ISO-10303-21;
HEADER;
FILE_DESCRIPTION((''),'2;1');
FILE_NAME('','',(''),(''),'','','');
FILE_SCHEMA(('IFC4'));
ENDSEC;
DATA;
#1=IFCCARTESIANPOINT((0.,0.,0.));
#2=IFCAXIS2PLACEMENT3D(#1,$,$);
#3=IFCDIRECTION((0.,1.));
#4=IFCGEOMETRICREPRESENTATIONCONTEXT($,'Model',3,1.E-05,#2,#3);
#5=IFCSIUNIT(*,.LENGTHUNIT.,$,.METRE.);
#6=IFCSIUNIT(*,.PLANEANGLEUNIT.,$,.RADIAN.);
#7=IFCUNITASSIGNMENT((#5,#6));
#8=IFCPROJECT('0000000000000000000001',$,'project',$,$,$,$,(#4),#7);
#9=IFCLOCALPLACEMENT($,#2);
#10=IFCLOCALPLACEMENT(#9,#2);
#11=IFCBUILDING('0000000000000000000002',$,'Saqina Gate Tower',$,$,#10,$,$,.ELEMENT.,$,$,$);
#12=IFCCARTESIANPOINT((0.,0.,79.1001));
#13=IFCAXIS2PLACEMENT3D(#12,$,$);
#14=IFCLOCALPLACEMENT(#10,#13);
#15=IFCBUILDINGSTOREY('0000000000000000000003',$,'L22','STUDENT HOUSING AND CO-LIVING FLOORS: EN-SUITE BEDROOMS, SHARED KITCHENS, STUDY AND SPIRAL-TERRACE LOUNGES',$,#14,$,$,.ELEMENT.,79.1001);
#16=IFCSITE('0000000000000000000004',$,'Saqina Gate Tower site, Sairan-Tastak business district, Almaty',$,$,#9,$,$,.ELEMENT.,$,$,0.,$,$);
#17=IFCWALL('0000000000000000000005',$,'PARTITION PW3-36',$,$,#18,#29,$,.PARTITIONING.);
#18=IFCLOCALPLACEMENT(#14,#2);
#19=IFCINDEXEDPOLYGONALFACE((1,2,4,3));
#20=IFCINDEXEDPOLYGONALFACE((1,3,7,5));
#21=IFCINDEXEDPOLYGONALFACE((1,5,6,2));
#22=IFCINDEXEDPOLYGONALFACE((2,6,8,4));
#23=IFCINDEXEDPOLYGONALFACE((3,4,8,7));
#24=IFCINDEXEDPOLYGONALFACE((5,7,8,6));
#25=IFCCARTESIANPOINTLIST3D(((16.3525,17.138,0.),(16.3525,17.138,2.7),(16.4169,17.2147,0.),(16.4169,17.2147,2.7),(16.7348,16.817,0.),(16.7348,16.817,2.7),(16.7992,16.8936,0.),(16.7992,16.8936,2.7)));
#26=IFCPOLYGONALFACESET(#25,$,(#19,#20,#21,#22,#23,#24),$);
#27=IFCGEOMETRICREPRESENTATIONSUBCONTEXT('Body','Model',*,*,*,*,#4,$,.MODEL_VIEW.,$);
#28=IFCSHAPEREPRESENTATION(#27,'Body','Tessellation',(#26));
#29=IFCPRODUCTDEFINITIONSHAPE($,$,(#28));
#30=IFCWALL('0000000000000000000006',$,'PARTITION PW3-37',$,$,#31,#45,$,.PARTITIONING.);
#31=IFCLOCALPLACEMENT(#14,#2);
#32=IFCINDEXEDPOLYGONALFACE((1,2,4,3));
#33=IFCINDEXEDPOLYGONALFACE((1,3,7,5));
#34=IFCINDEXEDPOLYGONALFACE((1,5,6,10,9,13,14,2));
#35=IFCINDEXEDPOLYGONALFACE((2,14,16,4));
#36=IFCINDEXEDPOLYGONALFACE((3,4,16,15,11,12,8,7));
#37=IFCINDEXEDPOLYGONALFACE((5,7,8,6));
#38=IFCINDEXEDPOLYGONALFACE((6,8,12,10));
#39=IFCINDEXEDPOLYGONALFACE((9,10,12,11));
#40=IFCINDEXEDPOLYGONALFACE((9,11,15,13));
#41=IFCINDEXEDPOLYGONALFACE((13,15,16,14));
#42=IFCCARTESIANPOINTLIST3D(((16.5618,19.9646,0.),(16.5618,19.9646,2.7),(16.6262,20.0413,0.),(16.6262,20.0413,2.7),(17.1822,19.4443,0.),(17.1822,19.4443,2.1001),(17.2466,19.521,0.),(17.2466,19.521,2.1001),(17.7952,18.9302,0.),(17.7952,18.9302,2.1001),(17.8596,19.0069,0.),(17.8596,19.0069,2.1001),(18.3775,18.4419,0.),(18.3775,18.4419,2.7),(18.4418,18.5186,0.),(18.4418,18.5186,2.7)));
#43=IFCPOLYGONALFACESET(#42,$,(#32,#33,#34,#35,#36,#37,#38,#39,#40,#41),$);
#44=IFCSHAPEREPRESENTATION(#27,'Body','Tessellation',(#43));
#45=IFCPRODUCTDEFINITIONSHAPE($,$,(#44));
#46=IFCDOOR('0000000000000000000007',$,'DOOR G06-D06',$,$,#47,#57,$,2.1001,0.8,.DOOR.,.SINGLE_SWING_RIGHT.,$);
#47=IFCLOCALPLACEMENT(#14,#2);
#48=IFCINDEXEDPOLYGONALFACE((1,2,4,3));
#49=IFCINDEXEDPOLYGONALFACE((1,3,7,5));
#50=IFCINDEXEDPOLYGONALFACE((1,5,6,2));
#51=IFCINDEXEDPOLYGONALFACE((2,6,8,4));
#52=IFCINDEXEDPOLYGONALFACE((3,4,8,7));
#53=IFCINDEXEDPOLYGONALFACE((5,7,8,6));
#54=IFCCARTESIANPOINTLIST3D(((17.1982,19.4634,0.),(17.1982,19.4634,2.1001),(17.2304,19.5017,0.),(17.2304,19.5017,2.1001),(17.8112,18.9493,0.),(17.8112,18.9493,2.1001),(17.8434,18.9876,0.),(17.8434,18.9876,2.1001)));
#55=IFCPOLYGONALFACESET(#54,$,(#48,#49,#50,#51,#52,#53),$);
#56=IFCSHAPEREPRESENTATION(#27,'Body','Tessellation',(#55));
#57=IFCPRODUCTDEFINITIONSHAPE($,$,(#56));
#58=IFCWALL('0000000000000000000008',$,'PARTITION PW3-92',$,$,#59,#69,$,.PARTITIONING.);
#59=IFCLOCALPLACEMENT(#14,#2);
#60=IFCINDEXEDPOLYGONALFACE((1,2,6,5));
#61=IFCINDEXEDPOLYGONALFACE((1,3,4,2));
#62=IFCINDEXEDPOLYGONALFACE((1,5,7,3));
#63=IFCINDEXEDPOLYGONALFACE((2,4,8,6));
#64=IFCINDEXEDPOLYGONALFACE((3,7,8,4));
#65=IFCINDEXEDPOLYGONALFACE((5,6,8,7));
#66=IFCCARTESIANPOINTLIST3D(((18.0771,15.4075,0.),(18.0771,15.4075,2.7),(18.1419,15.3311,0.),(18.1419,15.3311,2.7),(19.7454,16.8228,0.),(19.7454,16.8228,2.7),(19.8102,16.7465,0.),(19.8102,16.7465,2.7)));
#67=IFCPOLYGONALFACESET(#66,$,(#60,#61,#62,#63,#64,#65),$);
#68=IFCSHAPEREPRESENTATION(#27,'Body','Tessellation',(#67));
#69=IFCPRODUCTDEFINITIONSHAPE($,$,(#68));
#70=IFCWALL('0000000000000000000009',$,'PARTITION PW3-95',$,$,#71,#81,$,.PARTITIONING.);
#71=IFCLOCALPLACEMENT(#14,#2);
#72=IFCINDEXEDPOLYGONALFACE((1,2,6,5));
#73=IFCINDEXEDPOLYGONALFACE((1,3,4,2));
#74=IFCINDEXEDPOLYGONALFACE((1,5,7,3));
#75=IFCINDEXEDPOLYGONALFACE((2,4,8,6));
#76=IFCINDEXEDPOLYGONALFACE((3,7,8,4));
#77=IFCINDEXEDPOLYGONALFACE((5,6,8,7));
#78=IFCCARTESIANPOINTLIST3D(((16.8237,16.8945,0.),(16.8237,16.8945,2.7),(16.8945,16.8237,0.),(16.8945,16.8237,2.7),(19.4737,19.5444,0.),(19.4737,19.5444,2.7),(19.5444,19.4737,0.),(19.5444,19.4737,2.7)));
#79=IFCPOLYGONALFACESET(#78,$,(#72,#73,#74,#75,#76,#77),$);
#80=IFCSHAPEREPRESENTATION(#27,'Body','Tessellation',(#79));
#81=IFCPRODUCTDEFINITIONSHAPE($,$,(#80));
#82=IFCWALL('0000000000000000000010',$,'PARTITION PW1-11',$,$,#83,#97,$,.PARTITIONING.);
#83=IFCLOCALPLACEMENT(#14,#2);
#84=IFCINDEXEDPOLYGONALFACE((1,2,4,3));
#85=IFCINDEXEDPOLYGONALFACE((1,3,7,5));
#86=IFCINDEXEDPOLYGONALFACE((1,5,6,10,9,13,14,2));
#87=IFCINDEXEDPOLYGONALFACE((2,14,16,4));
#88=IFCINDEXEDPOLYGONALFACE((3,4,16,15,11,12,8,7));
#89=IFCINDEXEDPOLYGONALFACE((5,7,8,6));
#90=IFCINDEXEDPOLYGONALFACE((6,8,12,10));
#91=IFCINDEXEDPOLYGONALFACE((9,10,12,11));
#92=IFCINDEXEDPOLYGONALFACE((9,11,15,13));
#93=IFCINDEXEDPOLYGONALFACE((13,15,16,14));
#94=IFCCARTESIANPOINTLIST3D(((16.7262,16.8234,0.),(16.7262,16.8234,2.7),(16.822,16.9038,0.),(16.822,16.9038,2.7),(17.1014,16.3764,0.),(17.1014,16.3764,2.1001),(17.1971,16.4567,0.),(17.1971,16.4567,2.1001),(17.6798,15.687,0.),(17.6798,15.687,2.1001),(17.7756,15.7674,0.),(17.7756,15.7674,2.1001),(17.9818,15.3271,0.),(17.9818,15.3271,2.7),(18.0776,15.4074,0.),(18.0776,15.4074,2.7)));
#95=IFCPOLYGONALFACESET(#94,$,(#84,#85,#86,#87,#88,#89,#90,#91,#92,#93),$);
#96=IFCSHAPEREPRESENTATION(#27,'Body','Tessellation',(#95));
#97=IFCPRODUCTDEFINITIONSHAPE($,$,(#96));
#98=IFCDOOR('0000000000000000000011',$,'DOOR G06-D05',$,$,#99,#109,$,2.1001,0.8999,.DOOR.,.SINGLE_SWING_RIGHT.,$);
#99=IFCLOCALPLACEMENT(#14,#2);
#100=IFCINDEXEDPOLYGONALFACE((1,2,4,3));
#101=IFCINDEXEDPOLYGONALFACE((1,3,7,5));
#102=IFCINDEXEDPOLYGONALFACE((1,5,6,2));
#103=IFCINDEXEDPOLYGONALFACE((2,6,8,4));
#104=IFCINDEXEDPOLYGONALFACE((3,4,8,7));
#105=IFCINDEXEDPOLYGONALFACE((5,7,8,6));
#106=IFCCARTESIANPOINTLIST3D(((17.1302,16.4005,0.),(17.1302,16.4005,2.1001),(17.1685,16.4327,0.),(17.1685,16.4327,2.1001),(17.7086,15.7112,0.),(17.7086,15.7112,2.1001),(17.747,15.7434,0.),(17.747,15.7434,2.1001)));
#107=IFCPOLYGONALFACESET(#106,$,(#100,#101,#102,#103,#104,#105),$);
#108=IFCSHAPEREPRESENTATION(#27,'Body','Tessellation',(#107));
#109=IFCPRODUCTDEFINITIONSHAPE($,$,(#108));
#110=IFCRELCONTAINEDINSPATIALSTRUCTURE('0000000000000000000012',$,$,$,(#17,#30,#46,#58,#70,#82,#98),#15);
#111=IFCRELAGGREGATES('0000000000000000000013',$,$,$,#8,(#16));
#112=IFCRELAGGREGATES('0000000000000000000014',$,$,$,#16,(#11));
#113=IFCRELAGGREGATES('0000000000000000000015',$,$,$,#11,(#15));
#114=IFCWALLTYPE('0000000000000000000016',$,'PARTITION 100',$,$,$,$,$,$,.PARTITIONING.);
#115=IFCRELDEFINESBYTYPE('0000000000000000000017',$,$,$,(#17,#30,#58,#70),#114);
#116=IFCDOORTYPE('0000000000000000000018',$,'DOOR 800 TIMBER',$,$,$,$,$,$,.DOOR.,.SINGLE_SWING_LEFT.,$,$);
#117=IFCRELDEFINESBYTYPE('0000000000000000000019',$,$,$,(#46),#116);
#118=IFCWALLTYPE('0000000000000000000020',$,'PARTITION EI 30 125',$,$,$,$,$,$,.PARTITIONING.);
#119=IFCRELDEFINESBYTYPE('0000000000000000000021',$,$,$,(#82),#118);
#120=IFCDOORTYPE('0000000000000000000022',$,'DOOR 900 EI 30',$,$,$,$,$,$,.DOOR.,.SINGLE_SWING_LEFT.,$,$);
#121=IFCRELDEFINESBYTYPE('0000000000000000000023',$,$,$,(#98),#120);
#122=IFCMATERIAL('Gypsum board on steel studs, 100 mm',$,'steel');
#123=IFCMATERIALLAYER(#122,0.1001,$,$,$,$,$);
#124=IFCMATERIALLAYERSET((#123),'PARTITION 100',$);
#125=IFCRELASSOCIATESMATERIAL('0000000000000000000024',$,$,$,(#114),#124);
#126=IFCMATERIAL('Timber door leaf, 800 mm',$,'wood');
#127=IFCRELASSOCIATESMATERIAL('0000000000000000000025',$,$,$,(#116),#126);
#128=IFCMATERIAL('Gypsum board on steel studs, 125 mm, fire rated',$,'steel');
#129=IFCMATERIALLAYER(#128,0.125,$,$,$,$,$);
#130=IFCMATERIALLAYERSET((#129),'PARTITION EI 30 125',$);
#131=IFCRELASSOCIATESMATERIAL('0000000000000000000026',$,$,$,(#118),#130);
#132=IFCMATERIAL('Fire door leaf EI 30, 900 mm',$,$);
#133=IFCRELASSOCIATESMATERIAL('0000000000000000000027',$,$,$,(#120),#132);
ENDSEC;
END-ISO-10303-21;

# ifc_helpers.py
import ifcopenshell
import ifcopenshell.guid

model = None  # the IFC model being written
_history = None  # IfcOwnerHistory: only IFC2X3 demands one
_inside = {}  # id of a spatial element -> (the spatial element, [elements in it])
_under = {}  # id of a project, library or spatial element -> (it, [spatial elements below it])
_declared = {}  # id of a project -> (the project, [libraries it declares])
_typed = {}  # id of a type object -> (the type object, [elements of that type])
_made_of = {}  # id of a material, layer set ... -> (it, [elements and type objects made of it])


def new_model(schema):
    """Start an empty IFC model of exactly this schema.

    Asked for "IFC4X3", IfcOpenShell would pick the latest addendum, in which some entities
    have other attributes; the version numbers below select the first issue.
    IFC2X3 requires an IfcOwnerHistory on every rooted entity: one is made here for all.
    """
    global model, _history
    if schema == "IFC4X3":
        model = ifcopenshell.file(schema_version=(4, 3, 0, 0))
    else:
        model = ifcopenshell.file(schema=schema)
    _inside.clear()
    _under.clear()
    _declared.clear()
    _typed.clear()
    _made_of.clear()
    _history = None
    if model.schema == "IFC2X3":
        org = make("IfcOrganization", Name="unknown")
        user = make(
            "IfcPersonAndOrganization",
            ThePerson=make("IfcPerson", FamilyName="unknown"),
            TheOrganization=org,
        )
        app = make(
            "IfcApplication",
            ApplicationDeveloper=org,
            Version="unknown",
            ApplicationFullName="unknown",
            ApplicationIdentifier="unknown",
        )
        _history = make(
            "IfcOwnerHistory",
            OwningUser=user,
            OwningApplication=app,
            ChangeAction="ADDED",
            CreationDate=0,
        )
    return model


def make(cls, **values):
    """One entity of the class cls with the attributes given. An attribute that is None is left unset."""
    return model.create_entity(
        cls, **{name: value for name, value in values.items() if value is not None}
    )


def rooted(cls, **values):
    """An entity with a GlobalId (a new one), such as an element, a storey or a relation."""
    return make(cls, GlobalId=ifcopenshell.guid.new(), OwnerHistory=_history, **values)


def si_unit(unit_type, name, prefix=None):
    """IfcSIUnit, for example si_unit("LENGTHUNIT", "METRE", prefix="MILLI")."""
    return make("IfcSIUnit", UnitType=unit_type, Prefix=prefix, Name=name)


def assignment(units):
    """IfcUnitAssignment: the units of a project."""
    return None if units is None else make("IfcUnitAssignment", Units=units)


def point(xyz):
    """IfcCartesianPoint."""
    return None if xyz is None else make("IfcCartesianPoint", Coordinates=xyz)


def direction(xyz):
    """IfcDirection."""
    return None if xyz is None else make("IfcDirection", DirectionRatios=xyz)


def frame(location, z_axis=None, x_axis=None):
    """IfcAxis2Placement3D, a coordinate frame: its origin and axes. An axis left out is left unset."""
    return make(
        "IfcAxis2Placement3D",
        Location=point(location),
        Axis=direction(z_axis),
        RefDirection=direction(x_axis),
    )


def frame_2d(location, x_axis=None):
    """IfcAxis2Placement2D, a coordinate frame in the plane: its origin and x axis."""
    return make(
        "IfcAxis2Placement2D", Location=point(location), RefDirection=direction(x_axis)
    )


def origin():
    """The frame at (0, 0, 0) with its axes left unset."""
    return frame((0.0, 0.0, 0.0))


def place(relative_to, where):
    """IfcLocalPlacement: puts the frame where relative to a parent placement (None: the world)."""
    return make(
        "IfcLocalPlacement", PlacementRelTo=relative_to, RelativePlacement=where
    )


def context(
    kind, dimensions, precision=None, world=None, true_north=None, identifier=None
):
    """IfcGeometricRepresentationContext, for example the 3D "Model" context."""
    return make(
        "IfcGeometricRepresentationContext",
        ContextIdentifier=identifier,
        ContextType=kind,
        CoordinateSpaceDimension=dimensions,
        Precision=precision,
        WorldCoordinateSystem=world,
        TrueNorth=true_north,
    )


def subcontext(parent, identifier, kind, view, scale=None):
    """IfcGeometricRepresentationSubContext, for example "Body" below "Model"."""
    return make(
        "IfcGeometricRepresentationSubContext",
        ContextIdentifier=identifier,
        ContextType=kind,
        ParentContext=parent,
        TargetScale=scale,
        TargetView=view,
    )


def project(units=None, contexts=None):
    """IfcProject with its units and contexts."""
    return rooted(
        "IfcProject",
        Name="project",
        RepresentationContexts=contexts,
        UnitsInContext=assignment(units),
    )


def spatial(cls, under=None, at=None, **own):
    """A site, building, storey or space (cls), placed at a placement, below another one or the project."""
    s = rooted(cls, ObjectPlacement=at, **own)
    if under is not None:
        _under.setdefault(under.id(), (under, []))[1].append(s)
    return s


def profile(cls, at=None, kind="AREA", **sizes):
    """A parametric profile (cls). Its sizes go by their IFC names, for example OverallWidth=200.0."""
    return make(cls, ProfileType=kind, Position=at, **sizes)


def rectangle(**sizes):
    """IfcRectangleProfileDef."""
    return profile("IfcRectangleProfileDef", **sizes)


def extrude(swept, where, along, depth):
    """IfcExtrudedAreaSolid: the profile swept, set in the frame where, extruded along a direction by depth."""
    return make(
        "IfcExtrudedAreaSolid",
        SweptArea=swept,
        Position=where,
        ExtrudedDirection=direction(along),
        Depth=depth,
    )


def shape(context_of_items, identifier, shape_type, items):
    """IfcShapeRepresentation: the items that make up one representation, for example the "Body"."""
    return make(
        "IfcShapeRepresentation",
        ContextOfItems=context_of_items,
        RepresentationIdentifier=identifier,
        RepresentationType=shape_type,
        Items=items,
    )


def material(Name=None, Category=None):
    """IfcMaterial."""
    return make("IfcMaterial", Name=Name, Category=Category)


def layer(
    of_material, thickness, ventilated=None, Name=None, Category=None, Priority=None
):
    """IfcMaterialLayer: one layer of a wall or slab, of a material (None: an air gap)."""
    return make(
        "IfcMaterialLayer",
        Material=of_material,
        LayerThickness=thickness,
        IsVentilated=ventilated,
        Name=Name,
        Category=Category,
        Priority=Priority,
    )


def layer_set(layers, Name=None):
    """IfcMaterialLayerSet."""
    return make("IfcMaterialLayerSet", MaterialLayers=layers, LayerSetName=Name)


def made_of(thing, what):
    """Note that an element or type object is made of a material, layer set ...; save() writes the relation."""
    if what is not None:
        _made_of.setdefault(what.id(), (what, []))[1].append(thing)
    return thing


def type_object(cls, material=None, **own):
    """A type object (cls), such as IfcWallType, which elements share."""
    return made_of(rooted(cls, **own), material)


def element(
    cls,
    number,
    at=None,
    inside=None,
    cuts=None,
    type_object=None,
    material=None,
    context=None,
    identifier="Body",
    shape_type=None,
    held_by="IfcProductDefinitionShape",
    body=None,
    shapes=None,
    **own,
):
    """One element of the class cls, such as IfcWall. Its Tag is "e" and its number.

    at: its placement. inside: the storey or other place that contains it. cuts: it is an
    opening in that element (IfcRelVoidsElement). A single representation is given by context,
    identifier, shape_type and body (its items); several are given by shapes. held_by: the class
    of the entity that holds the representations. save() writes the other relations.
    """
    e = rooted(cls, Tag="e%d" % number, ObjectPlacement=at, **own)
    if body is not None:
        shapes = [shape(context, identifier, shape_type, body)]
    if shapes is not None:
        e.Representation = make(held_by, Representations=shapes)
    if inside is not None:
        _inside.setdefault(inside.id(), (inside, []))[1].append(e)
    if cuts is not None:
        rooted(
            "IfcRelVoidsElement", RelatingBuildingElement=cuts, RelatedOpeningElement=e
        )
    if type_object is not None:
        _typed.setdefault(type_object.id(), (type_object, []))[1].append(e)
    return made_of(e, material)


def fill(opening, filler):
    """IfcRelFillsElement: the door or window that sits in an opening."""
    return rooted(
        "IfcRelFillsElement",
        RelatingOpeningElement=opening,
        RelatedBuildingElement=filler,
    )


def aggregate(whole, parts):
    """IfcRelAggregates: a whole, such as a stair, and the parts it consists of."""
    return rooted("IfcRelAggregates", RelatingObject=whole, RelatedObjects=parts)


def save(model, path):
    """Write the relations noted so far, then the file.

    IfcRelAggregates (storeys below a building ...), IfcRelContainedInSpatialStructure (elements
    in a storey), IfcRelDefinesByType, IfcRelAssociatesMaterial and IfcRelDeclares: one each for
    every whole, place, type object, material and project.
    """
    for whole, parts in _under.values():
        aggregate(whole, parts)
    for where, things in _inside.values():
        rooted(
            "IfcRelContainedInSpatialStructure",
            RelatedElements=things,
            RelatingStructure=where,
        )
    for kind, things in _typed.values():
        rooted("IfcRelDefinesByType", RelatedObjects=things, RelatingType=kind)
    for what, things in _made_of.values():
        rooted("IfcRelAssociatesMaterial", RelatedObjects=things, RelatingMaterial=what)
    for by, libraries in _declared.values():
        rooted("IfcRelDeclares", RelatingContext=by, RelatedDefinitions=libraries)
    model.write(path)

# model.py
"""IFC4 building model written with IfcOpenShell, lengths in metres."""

from ifc_helpers import new_model, si_unit, direction, frame, frame_2d, origin, place, context, subcontext, project, spatial, rectangle, extrude, material, layer, layer_set, type_object, element, fill, save


model = new_model("IFC4")

# Units and contexts
model_context = context("Model", 3, precision=1e-05, world=origin(), true_north=direction((0.0, 1.0)))
body_context = subcontext(model_context, "Body", "Model", "MODEL_VIEW")
ifc_project = project(units=[si_unit("LENGTHUNIT", "METRE"), si_unit("PLANEANGLEUNIT", "RADIAN")], contexts=[model_context])

# Site, building, storey
site_placement = place(None, origin())
site = spatial("IfcSite", under=ifc_project, at=site_placement, Name="Saqina Gate Tower site, Sairan-Tastak business district, Almaty", CompositionType="ELEMENT", RefElevation=0.0)
building_placement = place(site_placement, origin())
building = spatial("IfcBuilding", under=site, at=building_placement, Name="Saqina Gate Tower", CompositionType="ELEMENT")
storey_placement = place(building_placement, frame((0.0, 0.0, 79.1001)))
storey = spatial("IfcBuildingStorey", under=building, at=storey_placement, Name="L22", Description="STUDENT HOUSING AND CO-LIVING FLOORS: EN-SUITE BEDROOMS, SHARED KITCHENS, STUDY AND SPIRAL-TERRACE LOUNGES", CompositionType="ELEMENT", Elevation=79.1001)

# Shared definitions
ifc_material_1 = material(Name="Gypsum board on steel studs, 100 mm", Category="steel")
ifc_layer_1 = layer(ifc_material_1, 0.1001)
ifc_layer_set_1 = layer_set([ifc_layer_1], Name="PARTITION 100")
wall_type_1 = type_object("IfcWallType", Name="PARTITION 100", PredefinedType="PARTITIONING", material=ifc_layer_set_1)

# Shared definitions
ifc_material_2 = material(Name="Timber door leaf, 800 mm", Category="wood")
door_type_1 = type_object("IfcDoorType", Name="DOOR 800 TIMBER", OperationType="SINGLE_SWING_LEFT", PredefinedType="DOOR", material=ifc_material_2)

# Wall
wall_1_placement = place(storey_placement, frame((16.3848, 17.1763, 0.0), z_axis=(0.0, 0.0, 1.0), x_axis=(0.765811, -0.643066, 0.0)))
element("IfcWall", 1, at=wall_1_placement, inside=storey, type_object=wall_type_1, Name="PARTITION PW3-36", PredefinedType="PARTITIONING", context=body_context, shape_type="SweptSolid", body=[
    extrude(rectangle(XDim=0.4993, YDim=0.1001, at=frame_2d((0.2495, 0.0))), origin(), (0.0, 0.0, 1.0), 2.7),
])

# Wall, opening, door
wall_2_placement = place(storey_placement, frame((16.594, 20.0029, 0.0), z_axis=(0.0, 0.0, 1.0), x_axis=(0.766216, -0.642583, 0.0)))
wall_2 = element("IfcWall", 2, at=wall_2_placement, inside=storey, type_object=wall_type_1, Name="PARTITION PW3-37", PredefinedType="PARTITIONING", context=body_context, shape_type="SweptSolid", body=[
    extrude(rectangle(XDim=2.3696, YDim=0.1001, at=frame_2d((1.1848, 0.0))), origin(), (0.0, 0.0, 1.0), 2.7),
])
opening_1_placement = place(wall_2_placement, frame((0.8098, 0.0, 0.0)))
opening_1 = element("IfcOpeningElement", 3, at=opening_1_placement, cuts=wall_2, PredefinedType="OPENING", context=body_context, shape_type="SweptSolid", body=[
    extrude(rectangle(XDim=0.8, YDim=2.1001, at=frame_2d((0.3999, 1.05))), frame((0.0, 0.062, 0.0), z_axis=(0.0, -1.0, 0.0), x_axis=(1.0, 0.0, 0.0)), (0.0, 0.0, 1.0), 0.124),
])
door_1_placement = place(opening_1_placement, origin())
door_1 = element("IfcDoor", 4, at=door_1_placement, inside=storey, type_object=door_type_1, Name="DOOR G06-D06", OperationType="SINGLE_SWING_RIGHT", OverallHeight=2.1001, OverallWidth=0.8, PredefinedType="DOOR", context=body_context, shape_type="SweptSolid", body=[
    extrude(rectangle(XDim=0.8, YDim=2.1001, at=frame_2d((0.3999, 1.05))), frame((0.0, 0.0249, 0.0), z_axis=(0.0, -1.0, 0.0), x_axis=(1.0, 0.0, 0.0)), (0.0, 0.0, 1.0), 0.05),
])
fill(opening_1, door_1)

# Walls
wall_3_placement = place(storey_placement, frame((18.1096, 15.3694, 0.0), z_axis=(0.0, 0.0, 1.0), x_axis=(0.762548, 0.646932, 0.0)))
element("IfcWall", 5, at=wall_3_placement, inside=storey, type_object=wall_type_1, Name="PARTITION PW3-92", PredefinedType="PARTITIONING", context=body_context, shape_type="SweptSolid", body=[
    extrude(rectangle(XDim=2.1877, YDim=0.1001, at=frame_2d((1.0938, 0.0))), origin(), (0.0, 0.0, 1.0), 2.7),
])
wall_4_placement = place(storey_placement, frame((16.8591, 16.8591, 0.0), z_axis=(0.0, 0.0, 1.0), x_axis=(0.707107, 0.707107, 0.0)))
element("IfcWall", 6, at=wall_4_placement, inside=storey, type_object=wall_type_1, Name="PARTITION PW3-95", PredefinedType="PARTITIONING", context=body_context, shape_type="SweptSolid", body=[
    extrude(rectangle(XDim=3.7476, YDim=0.1001, at=frame_2d((1.8738, 0.0))), origin(), (0.0, 0.0, 1.0), 2.7),
])

# Wall, opening, door
ifc_material_3 = material(Name="Gypsum board on steel studs, 125 mm, fire rated", Category="steel")
ifc_layer_2 = layer(ifc_material_3, 0.125)
ifc_layer_set_2 = layer_set([ifc_layer_2], Name="PARTITION EI 30 125")
wall_type_2 = type_object("IfcWallType", Name="PARTITION EI 30 125", PredefinedType="PARTITIONING", material=ifc_layer_set_2)
wall_5_placement = place(storey_placement, frame((16.7742, 16.8635, 0.0), z_axis=(0.0, 0.0, 1.0), x_axis=(0.642799, -0.766035, 0.0)))
wall_5 = element("IfcWall", 7, at=wall_5_placement, inside=storey, type_object=wall_type_2, Name="PARTITION PW1-11", PredefinedType="PARTITIONING", context=body_context, shape_type="SweptSolid", body=[
    extrude(rectangle(XDim=1.9534, YDim=0.125, at=frame_2d((0.9766, 0.0))), origin(), (0.0, 0.0, 1.0), 2.7),
])
opening_2_placement = place(wall_5_placement, frame((0.5835, 0.0, 0.0)))
opening_2 = element("IfcOpeningElement", 8, at=opening_2_placement, cuts=wall_5, PredefinedType="OPENING", context=body_context, shape_type="SweptSolid", body=[
    extrude(rectangle(XDim=0.8999, YDim=2.1001, at=frame_2d((0.45, 1.05))), frame((0.0, 0.0745, 0.0), z_axis=(0.0, -1.0, 0.0), x_axis=(1.0, 0.0, 0.0)), (0.0, 0.0, 1.0), 0.1489),
])
ifc_material_4 = material(Name="Fire door leaf EI 30, 900 mm")
door_type_2 = type_object("IfcDoorType", Name="DOOR 900 EI 30", OperationType="SINGLE_SWING_LEFT", PredefinedType="DOOR", material=ifc_material_4)
door_2_placement = place(opening_2_placement, frame((0.8999, 0.0, 0.0), z_axis=(0.0, 0.0, 1.0), x_axis=(-1.0, 0.0, 0.0)))
door_2 = element("IfcDoor", 9, at=door_2_placement, inside=storey, type_object=door_type_2, Name="DOOR G06-D05", OperationType="SINGLE_SWING_RIGHT", OverallHeight=2.1001, OverallWidth=0.8999, PredefinedType="DOOR", context=body_context, shape_type="SweptSolid", body=[
    extrude(rectangle(XDim=0.8999, YDim=2.1001, at=frame_2d((0.45, 1.05))), frame((0.0, 0.0249, 0.0), z_axis=(0.0, -1.0, 0.0), x_axis=(1.0, 0.0, 0.0)), (0.0, 0.0, 1.0), 0.05),
])
fill(opening_2, door_2)

save(model, "model.ifc")
